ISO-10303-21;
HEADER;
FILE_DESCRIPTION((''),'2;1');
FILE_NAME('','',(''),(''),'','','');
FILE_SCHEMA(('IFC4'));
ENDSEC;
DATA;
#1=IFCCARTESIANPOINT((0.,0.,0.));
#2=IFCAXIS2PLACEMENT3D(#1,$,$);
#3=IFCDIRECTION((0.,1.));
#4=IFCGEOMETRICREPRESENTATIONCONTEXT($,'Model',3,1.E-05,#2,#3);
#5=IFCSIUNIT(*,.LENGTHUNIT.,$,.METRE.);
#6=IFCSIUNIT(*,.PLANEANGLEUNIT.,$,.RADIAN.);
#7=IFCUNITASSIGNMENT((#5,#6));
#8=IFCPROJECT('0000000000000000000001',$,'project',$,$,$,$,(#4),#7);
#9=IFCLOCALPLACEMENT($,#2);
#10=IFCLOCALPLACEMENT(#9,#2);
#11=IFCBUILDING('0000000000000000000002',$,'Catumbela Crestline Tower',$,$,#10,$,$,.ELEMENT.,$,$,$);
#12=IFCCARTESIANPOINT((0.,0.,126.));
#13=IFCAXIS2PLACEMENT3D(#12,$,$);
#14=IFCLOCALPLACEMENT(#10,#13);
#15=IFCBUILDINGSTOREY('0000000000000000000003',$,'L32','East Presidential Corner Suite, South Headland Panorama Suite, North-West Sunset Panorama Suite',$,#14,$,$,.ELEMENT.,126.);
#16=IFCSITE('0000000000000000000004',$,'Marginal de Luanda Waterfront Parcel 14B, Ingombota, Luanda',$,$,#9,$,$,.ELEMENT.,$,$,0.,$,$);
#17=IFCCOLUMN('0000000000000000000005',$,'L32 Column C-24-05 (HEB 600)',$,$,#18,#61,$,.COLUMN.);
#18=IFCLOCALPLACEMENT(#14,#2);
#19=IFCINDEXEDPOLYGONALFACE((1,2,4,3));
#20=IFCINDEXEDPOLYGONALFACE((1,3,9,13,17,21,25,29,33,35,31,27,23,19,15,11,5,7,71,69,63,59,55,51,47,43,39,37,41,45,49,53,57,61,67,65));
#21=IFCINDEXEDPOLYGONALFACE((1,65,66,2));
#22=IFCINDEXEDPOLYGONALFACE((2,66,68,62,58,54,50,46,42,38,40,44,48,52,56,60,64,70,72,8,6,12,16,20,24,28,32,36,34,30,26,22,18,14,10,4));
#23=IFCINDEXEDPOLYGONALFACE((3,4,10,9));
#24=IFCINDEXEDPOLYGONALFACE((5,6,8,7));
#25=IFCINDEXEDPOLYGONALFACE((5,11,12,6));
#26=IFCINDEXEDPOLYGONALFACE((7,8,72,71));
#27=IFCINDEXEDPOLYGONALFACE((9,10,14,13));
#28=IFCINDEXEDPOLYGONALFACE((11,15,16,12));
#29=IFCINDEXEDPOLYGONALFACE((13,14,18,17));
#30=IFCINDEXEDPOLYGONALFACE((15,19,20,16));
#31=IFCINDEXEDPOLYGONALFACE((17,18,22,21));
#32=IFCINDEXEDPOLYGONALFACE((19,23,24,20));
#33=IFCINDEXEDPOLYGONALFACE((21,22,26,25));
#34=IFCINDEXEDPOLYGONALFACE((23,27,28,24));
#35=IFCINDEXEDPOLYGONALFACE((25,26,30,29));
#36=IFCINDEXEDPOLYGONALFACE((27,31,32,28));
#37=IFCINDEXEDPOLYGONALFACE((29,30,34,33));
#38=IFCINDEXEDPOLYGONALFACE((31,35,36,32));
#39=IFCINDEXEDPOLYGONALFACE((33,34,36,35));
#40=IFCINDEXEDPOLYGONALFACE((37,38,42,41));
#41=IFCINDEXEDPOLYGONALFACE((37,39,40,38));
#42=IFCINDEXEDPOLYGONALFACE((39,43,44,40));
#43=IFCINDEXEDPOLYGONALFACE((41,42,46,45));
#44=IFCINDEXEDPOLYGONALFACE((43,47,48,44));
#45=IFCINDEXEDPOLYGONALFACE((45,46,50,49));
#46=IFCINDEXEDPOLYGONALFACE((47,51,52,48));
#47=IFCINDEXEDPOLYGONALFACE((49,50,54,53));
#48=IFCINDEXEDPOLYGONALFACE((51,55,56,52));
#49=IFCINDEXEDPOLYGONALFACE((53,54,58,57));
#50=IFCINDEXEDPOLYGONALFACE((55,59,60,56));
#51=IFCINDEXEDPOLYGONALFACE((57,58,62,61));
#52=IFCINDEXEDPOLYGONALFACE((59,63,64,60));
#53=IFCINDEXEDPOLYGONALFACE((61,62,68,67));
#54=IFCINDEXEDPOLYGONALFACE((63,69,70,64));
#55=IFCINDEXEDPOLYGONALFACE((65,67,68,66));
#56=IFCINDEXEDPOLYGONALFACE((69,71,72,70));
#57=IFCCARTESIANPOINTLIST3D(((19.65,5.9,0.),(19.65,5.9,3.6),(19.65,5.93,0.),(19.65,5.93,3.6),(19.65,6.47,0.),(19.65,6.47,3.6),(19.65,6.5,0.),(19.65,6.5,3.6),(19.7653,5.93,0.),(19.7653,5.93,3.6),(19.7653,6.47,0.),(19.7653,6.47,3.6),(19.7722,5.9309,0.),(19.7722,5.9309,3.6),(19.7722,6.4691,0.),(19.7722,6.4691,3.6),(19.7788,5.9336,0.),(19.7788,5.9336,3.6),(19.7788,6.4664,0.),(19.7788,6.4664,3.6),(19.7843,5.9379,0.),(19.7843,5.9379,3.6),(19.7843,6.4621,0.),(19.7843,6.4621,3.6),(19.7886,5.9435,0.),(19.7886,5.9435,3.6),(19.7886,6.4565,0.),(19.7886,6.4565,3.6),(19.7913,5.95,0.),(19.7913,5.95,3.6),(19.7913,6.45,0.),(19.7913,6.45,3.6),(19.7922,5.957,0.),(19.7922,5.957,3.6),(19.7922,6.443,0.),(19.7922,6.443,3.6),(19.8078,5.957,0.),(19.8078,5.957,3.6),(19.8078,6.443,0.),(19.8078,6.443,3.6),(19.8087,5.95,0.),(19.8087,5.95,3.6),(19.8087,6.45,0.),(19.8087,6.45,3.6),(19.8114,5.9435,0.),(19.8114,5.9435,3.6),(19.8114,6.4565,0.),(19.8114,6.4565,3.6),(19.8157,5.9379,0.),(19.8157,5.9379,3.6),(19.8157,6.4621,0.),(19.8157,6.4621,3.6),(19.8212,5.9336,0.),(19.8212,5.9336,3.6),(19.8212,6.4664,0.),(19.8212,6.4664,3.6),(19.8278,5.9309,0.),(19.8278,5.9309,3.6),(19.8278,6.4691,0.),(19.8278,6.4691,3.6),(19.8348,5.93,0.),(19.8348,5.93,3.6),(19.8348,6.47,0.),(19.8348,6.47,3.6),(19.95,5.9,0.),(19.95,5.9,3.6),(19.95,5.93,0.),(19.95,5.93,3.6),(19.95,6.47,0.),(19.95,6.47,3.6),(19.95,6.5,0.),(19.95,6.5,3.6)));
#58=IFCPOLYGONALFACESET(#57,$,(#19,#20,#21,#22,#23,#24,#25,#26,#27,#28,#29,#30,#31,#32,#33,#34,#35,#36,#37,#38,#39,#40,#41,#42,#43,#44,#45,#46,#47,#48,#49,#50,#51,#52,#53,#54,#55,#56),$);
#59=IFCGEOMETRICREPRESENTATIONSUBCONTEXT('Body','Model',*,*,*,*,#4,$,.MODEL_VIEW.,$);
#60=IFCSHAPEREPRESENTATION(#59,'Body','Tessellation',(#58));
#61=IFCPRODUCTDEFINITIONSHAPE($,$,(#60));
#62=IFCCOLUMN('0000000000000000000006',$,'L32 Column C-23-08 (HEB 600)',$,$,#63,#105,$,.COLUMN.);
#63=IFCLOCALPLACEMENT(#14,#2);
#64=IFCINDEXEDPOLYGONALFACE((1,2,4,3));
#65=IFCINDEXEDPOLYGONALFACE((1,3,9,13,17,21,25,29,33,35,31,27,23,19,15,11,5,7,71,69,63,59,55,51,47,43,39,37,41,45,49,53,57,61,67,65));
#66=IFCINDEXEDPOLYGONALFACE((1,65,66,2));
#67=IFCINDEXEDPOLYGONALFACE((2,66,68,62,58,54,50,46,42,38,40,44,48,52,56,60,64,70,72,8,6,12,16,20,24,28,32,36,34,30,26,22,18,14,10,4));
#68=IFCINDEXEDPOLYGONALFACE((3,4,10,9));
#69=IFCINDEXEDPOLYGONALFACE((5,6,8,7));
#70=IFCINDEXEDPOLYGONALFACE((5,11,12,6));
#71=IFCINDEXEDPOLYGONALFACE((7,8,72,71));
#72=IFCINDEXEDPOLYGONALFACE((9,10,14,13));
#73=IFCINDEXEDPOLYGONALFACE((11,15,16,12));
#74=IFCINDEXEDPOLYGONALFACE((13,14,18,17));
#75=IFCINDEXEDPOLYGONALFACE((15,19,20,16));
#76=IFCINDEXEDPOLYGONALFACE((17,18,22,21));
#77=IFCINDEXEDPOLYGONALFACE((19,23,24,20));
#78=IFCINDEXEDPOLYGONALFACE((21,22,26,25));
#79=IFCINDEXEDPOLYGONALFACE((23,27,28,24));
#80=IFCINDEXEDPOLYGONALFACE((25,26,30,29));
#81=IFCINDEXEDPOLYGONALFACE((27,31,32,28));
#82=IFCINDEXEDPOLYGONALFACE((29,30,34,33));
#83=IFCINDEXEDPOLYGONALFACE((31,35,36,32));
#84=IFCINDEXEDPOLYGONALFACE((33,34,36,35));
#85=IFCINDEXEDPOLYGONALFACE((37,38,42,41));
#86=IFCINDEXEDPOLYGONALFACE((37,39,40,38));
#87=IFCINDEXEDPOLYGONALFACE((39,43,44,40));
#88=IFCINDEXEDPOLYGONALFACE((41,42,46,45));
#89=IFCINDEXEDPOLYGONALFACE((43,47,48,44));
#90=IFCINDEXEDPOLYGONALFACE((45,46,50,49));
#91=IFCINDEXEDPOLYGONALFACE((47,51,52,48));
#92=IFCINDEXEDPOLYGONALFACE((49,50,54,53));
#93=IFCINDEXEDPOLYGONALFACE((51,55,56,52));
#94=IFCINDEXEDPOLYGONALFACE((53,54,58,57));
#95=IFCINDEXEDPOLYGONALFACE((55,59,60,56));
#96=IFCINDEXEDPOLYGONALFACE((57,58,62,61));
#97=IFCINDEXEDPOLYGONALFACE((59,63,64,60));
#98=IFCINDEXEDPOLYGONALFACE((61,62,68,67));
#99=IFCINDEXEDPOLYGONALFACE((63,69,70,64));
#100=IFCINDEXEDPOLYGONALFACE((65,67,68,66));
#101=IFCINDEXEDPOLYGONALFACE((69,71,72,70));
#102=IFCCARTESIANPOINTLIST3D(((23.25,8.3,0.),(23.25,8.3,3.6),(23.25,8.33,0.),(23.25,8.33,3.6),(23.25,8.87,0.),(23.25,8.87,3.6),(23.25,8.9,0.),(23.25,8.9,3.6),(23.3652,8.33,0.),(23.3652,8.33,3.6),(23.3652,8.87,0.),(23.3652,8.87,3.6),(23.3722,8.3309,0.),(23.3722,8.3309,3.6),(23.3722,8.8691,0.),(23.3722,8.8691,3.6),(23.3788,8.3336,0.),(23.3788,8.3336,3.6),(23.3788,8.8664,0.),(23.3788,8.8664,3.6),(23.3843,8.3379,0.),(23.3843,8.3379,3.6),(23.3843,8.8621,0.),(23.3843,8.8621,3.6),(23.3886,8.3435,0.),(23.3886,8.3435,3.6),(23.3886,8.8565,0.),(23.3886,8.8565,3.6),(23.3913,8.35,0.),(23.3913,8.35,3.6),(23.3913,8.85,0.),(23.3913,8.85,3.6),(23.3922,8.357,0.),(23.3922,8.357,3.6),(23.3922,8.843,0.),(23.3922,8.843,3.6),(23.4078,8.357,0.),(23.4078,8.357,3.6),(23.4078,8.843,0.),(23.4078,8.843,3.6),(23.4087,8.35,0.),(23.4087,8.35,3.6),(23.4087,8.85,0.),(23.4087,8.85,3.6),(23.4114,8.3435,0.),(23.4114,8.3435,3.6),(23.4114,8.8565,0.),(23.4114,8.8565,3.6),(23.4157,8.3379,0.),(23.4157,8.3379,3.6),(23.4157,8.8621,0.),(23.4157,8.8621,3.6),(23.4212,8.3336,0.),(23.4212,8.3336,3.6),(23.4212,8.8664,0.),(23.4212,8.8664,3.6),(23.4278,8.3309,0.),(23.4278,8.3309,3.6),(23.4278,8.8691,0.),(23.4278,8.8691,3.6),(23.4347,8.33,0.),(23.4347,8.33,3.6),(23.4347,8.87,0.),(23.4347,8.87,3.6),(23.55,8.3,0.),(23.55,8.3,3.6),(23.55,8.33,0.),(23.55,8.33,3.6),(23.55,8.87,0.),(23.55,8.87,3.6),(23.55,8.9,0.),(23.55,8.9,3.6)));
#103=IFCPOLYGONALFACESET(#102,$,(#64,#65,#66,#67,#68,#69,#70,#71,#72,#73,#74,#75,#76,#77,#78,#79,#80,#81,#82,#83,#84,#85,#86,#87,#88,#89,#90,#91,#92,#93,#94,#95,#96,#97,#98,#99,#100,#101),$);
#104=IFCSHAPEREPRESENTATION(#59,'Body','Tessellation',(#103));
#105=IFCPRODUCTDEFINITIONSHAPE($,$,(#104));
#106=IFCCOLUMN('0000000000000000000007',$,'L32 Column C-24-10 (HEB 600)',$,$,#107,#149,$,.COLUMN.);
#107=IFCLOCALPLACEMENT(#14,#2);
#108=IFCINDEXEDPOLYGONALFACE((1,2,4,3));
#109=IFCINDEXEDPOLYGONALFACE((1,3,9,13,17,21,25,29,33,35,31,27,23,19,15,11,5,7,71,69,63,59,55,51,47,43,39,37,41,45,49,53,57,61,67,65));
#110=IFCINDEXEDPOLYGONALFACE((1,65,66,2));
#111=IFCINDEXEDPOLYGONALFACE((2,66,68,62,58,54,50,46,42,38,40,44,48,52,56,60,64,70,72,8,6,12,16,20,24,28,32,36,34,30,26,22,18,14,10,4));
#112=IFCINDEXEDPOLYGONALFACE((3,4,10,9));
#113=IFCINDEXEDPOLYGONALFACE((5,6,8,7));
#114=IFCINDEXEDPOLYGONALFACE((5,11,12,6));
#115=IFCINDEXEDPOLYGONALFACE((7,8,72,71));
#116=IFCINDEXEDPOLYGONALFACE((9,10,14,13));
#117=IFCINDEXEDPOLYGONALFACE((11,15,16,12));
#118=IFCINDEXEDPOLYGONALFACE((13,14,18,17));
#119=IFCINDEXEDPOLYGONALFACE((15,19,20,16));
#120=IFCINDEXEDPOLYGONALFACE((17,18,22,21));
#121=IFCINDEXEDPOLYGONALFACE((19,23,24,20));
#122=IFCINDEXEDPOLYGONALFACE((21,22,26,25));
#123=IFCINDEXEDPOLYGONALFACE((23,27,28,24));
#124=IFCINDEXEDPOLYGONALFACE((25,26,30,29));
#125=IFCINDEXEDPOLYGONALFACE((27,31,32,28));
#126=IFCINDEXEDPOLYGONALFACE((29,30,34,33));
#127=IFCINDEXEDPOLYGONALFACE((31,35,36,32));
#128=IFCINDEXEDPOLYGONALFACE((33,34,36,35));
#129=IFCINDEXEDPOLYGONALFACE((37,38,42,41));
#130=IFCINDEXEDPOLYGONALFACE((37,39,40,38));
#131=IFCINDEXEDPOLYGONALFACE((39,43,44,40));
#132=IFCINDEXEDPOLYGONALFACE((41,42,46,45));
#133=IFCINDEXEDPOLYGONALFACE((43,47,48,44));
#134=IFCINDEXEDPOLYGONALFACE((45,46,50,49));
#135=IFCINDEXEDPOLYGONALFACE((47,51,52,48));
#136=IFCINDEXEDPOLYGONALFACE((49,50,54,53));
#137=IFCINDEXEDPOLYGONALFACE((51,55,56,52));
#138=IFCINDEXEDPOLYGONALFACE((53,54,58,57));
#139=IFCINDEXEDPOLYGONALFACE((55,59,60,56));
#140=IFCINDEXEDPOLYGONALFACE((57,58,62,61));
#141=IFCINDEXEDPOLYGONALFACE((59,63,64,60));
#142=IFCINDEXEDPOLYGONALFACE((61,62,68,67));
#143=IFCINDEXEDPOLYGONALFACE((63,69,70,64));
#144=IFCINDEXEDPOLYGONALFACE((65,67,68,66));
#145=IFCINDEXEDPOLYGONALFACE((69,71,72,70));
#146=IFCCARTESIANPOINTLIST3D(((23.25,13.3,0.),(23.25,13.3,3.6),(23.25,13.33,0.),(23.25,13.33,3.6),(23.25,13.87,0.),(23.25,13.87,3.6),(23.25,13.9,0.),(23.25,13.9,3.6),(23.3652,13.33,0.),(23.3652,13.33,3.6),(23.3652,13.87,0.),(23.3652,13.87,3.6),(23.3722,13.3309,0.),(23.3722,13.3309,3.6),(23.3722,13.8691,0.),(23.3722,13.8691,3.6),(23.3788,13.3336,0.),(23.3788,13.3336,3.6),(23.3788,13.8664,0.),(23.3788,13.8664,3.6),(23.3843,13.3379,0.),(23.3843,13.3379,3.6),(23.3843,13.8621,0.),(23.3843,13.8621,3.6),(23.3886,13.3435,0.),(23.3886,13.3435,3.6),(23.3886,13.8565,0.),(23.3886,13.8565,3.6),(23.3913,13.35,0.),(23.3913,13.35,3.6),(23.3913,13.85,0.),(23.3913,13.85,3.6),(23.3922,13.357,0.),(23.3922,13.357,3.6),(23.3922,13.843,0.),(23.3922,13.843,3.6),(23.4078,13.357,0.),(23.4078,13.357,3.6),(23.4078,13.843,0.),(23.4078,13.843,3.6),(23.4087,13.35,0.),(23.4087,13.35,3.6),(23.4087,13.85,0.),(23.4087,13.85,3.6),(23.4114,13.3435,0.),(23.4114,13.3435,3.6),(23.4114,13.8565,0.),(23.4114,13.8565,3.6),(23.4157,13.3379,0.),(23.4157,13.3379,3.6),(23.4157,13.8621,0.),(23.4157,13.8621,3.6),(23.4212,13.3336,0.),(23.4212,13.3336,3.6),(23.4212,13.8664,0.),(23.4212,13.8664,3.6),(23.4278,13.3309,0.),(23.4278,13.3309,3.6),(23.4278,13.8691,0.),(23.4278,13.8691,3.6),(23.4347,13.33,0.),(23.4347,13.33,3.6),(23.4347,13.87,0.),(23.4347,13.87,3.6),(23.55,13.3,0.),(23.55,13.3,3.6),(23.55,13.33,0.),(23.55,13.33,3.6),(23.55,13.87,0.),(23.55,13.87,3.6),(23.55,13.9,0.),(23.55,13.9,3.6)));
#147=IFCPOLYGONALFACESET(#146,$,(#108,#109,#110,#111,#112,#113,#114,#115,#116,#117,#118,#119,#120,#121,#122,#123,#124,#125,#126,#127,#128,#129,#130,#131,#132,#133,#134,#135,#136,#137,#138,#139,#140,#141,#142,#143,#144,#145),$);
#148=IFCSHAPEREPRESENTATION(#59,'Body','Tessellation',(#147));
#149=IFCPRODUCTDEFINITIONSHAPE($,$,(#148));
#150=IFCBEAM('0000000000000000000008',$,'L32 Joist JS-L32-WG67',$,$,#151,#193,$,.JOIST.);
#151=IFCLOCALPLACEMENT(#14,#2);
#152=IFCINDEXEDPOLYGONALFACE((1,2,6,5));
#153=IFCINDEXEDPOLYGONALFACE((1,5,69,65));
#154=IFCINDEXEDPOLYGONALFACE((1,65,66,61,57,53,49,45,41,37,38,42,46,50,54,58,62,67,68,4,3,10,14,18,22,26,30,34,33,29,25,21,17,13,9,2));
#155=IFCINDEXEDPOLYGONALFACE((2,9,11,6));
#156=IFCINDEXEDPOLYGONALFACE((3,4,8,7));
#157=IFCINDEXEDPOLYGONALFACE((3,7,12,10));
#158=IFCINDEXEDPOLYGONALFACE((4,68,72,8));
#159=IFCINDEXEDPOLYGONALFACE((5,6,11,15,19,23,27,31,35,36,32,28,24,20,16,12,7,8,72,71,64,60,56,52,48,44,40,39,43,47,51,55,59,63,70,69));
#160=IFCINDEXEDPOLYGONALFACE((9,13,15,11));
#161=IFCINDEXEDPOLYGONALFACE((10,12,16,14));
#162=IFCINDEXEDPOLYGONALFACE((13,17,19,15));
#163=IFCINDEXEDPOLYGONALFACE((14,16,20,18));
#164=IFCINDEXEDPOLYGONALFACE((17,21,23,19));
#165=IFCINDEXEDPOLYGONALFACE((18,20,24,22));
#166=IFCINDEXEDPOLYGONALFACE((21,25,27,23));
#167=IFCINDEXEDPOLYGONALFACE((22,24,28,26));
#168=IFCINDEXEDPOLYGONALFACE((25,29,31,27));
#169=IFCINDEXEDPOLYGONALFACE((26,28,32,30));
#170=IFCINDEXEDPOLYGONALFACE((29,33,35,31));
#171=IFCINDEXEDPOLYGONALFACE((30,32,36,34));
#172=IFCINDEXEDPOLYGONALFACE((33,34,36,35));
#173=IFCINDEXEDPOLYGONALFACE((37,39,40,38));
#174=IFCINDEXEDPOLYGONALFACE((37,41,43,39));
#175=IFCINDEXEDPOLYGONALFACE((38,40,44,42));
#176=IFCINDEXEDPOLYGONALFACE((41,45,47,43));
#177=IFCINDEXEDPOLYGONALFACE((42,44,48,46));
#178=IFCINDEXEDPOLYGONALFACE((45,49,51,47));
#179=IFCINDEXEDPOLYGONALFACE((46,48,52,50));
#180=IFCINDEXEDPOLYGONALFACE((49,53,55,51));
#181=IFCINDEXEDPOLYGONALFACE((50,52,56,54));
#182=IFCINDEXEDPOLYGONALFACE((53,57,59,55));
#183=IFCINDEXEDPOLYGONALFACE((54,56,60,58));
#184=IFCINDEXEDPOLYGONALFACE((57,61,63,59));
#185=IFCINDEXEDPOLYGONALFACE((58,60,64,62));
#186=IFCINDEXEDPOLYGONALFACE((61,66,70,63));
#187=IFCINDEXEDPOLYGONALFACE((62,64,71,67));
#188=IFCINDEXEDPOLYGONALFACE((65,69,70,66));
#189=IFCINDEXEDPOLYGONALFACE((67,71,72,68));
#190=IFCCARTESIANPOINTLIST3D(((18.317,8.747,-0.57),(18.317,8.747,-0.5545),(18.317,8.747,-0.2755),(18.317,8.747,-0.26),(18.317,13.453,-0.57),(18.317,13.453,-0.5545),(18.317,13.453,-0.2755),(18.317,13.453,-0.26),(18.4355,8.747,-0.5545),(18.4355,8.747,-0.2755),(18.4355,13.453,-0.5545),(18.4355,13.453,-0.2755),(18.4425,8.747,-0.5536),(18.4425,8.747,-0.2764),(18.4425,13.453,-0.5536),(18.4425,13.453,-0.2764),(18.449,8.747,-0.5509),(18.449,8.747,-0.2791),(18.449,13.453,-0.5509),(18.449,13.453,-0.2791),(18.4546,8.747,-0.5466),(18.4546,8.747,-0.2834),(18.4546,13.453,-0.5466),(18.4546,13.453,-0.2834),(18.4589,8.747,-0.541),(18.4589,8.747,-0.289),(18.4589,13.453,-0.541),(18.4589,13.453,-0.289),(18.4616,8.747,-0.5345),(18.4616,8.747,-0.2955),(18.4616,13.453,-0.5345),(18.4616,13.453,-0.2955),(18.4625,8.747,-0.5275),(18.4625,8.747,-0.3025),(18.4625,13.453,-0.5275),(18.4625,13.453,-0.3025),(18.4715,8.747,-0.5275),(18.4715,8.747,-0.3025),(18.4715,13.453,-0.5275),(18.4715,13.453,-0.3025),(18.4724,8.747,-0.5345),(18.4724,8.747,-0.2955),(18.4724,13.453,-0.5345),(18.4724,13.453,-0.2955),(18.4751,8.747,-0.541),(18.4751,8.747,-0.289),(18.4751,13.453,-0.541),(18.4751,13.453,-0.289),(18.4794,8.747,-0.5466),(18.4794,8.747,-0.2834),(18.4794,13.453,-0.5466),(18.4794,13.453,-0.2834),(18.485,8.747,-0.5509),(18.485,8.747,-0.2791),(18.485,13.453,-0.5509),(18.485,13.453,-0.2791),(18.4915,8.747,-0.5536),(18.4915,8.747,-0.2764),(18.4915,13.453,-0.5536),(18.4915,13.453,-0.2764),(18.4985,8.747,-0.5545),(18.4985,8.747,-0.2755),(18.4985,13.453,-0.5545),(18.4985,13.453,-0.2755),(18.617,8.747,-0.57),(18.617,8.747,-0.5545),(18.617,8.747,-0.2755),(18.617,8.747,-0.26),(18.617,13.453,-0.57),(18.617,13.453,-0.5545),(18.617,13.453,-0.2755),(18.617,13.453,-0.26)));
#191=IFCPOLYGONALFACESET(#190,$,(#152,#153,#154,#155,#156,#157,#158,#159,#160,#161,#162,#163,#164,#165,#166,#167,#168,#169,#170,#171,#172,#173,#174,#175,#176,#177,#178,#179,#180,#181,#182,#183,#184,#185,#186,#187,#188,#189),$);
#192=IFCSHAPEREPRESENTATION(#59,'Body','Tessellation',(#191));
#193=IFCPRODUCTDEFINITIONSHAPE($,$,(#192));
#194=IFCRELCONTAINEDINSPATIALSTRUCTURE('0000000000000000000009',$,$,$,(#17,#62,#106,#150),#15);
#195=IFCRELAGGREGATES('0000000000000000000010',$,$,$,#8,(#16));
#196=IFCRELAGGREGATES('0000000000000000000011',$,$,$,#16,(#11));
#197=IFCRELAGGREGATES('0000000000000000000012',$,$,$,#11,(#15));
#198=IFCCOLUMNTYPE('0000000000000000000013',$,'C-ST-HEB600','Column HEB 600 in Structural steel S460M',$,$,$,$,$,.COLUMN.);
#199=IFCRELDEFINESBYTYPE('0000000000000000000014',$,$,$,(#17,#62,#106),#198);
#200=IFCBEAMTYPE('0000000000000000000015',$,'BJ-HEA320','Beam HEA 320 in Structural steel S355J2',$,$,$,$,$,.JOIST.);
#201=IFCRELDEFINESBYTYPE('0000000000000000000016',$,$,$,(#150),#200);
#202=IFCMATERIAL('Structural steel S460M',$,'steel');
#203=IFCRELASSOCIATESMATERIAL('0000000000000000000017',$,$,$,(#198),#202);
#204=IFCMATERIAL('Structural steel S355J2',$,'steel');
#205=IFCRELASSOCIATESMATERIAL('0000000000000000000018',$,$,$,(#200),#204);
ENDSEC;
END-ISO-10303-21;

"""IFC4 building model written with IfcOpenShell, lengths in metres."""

from ifc_helpers import new_model, si_unit, direction, frame, origin, origin_2d, place, context, subcontext, project, spatial, i_section, extrude, material, material_profile, profile_set, type_object, element, save


model = new_model("IFC4")

# Units and contexts
model_context = context("Model", 3, precision=1e-05, world=origin(), true_north=direction((0.0, 1.0)))
body_context = subcontext(model_context, "Body", "Model", "MODEL_VIEW")
ifc_project = project(units=[si_unit("LENGTHUNIT", "METRE"), si_unit("PLANEANGLEUNIT", "RADIAN")], contexts=[model_context])

# Site, building, storey
site_placement = place(None, origin())
site = spatial("IfcSite", under=ifc_project, at=site_placement, Name="Marginal de Luanda Waterfront Parcel 14B, Ingombota, Luanda", CompositionType="ELEMENT", RefElevation=0.0)
building_placement = place(site_placement, origin())
building = spatial("IfcBuilding", under=site, at=building_placement, Name="Catumbela Crestline Tower", CompositionType="ELEMENT")
storey_placement = place(building_placement, frame((0.0, 0.0, 126.0)))
storey = spatial("IfcBuildingStorey", under=building, at=storey_placement, Name="L32", Description="East Presidential Corner Suite, South Headland Panorama Suite, North-West Sunset Panorama Suite", CompositionType="ELEMENT", Elevation=126.0)

# Columns
ifc_material_1 = material(Name="Structural steel S460M", Category="steel")
ifc_material_profile_1 = material_profile(ifc_material_1, i_section(OverallWidth=0.3, OverallDepth=0.6, WebThickness=0.0155, FlangeThickness=0.03, FilletRadius=0.027, at=origin_2d()), Name="HEB 600")
ifc_profile_set_1 = profile_set([ifc_material_profile_1], Name="Structural steel S460M")
column_type = type_object("IfcColumnType", Name="C-ST-HEB600", Description="Column HEB 600 in Structural steel S460M", PredefinedType="COLUMN", material=ifc_profile_set_1)
for number, where, z_axis, x_axis, name in (
    (1, (19.8, 6.2, 0.0), (0.0, 0.0, 1.0), (1.0, 0.0, 0.0), "L32 Column C-24-05 (HEB 600)"),
    (2, (23.4, 8.6, 0.0), (0.0, 0.0, 1.0), (1.0, 0.0, 0.0), "L32 Column C-23-08 (HEB 600)"),
    (3, (23.4, 13.6, 0.0), (0.0, 0.0, 1.0), (1.0, 0.0, 0.0), "L32 Column C-24-10 (HEB 600)"),
):
    element("IfcColumn", number, at=place(storey_placement, frame(where, z_axis=z_axis, x_axis=x_axis)), inside=storey, type_object=column_type, Name=name, PredefinedType="COLUMN", context=body_context, shape_type="SweptSolid", body=[
        extrude(i_section(OverallWidth=0.3, OverallDepth=0.6, WebThickness=0.0155, FlangeThickness=0.03, FilletRadius=0.027, at=origin_2d()), origin(), (0.0, 0.0, 1.0), 3.6),
    ])

# Beam
ifc_material_2 = material(Name="Structural steel S355J2", Category="steel")
ifc_material_profile_2 = material_profile(ifc_material_2, i_section(OverallWidth=0.3, OverallDepth=0.31, WebThickness=0.009, FlangeThickness=0.0155, FilletRadius=0.027, at=origin_2d()), Name="HEA 320")
ifc_profile_set_2 = profile_set([ifc_material_profile_2], Name="Structural steel S355J2")
beam_type_1 = type_object("IfcBeamType", Name="BJ-HEA320", Description="Beam HEA 320 in Structural steel S355J2", PredefinedType="JOIST", material=ifc_profile_set_2)
for number, where, z_axis, x_axis, name in (
    (4, (18.467, 8.747, -0.415), (0.0, 1.0, 0.0), (-1.0, 0.0, 0.0), "L32 Joist JS-L32-WG67"),
):
    element("IfcBeam", number, at=place(storey_placement, frame(where, z_axis=z_axis, x_axis=x_axis)), inside=storey, type_object=beam_type_1, Name=name, PredefinedType="JOIST", context=body_context, shape_type="SweptSolid", body=[
        extrude(i_section(OverallWidth=0.3, OverallDepth=0.31, WebThickness=0.009, FlangeThickness=0.0155, FilletRadius=0.027, at=origin_2d()), origin(), (0.0, 0.0, 1.0), 4.706),
    ])

save(model, "model.ifc")
